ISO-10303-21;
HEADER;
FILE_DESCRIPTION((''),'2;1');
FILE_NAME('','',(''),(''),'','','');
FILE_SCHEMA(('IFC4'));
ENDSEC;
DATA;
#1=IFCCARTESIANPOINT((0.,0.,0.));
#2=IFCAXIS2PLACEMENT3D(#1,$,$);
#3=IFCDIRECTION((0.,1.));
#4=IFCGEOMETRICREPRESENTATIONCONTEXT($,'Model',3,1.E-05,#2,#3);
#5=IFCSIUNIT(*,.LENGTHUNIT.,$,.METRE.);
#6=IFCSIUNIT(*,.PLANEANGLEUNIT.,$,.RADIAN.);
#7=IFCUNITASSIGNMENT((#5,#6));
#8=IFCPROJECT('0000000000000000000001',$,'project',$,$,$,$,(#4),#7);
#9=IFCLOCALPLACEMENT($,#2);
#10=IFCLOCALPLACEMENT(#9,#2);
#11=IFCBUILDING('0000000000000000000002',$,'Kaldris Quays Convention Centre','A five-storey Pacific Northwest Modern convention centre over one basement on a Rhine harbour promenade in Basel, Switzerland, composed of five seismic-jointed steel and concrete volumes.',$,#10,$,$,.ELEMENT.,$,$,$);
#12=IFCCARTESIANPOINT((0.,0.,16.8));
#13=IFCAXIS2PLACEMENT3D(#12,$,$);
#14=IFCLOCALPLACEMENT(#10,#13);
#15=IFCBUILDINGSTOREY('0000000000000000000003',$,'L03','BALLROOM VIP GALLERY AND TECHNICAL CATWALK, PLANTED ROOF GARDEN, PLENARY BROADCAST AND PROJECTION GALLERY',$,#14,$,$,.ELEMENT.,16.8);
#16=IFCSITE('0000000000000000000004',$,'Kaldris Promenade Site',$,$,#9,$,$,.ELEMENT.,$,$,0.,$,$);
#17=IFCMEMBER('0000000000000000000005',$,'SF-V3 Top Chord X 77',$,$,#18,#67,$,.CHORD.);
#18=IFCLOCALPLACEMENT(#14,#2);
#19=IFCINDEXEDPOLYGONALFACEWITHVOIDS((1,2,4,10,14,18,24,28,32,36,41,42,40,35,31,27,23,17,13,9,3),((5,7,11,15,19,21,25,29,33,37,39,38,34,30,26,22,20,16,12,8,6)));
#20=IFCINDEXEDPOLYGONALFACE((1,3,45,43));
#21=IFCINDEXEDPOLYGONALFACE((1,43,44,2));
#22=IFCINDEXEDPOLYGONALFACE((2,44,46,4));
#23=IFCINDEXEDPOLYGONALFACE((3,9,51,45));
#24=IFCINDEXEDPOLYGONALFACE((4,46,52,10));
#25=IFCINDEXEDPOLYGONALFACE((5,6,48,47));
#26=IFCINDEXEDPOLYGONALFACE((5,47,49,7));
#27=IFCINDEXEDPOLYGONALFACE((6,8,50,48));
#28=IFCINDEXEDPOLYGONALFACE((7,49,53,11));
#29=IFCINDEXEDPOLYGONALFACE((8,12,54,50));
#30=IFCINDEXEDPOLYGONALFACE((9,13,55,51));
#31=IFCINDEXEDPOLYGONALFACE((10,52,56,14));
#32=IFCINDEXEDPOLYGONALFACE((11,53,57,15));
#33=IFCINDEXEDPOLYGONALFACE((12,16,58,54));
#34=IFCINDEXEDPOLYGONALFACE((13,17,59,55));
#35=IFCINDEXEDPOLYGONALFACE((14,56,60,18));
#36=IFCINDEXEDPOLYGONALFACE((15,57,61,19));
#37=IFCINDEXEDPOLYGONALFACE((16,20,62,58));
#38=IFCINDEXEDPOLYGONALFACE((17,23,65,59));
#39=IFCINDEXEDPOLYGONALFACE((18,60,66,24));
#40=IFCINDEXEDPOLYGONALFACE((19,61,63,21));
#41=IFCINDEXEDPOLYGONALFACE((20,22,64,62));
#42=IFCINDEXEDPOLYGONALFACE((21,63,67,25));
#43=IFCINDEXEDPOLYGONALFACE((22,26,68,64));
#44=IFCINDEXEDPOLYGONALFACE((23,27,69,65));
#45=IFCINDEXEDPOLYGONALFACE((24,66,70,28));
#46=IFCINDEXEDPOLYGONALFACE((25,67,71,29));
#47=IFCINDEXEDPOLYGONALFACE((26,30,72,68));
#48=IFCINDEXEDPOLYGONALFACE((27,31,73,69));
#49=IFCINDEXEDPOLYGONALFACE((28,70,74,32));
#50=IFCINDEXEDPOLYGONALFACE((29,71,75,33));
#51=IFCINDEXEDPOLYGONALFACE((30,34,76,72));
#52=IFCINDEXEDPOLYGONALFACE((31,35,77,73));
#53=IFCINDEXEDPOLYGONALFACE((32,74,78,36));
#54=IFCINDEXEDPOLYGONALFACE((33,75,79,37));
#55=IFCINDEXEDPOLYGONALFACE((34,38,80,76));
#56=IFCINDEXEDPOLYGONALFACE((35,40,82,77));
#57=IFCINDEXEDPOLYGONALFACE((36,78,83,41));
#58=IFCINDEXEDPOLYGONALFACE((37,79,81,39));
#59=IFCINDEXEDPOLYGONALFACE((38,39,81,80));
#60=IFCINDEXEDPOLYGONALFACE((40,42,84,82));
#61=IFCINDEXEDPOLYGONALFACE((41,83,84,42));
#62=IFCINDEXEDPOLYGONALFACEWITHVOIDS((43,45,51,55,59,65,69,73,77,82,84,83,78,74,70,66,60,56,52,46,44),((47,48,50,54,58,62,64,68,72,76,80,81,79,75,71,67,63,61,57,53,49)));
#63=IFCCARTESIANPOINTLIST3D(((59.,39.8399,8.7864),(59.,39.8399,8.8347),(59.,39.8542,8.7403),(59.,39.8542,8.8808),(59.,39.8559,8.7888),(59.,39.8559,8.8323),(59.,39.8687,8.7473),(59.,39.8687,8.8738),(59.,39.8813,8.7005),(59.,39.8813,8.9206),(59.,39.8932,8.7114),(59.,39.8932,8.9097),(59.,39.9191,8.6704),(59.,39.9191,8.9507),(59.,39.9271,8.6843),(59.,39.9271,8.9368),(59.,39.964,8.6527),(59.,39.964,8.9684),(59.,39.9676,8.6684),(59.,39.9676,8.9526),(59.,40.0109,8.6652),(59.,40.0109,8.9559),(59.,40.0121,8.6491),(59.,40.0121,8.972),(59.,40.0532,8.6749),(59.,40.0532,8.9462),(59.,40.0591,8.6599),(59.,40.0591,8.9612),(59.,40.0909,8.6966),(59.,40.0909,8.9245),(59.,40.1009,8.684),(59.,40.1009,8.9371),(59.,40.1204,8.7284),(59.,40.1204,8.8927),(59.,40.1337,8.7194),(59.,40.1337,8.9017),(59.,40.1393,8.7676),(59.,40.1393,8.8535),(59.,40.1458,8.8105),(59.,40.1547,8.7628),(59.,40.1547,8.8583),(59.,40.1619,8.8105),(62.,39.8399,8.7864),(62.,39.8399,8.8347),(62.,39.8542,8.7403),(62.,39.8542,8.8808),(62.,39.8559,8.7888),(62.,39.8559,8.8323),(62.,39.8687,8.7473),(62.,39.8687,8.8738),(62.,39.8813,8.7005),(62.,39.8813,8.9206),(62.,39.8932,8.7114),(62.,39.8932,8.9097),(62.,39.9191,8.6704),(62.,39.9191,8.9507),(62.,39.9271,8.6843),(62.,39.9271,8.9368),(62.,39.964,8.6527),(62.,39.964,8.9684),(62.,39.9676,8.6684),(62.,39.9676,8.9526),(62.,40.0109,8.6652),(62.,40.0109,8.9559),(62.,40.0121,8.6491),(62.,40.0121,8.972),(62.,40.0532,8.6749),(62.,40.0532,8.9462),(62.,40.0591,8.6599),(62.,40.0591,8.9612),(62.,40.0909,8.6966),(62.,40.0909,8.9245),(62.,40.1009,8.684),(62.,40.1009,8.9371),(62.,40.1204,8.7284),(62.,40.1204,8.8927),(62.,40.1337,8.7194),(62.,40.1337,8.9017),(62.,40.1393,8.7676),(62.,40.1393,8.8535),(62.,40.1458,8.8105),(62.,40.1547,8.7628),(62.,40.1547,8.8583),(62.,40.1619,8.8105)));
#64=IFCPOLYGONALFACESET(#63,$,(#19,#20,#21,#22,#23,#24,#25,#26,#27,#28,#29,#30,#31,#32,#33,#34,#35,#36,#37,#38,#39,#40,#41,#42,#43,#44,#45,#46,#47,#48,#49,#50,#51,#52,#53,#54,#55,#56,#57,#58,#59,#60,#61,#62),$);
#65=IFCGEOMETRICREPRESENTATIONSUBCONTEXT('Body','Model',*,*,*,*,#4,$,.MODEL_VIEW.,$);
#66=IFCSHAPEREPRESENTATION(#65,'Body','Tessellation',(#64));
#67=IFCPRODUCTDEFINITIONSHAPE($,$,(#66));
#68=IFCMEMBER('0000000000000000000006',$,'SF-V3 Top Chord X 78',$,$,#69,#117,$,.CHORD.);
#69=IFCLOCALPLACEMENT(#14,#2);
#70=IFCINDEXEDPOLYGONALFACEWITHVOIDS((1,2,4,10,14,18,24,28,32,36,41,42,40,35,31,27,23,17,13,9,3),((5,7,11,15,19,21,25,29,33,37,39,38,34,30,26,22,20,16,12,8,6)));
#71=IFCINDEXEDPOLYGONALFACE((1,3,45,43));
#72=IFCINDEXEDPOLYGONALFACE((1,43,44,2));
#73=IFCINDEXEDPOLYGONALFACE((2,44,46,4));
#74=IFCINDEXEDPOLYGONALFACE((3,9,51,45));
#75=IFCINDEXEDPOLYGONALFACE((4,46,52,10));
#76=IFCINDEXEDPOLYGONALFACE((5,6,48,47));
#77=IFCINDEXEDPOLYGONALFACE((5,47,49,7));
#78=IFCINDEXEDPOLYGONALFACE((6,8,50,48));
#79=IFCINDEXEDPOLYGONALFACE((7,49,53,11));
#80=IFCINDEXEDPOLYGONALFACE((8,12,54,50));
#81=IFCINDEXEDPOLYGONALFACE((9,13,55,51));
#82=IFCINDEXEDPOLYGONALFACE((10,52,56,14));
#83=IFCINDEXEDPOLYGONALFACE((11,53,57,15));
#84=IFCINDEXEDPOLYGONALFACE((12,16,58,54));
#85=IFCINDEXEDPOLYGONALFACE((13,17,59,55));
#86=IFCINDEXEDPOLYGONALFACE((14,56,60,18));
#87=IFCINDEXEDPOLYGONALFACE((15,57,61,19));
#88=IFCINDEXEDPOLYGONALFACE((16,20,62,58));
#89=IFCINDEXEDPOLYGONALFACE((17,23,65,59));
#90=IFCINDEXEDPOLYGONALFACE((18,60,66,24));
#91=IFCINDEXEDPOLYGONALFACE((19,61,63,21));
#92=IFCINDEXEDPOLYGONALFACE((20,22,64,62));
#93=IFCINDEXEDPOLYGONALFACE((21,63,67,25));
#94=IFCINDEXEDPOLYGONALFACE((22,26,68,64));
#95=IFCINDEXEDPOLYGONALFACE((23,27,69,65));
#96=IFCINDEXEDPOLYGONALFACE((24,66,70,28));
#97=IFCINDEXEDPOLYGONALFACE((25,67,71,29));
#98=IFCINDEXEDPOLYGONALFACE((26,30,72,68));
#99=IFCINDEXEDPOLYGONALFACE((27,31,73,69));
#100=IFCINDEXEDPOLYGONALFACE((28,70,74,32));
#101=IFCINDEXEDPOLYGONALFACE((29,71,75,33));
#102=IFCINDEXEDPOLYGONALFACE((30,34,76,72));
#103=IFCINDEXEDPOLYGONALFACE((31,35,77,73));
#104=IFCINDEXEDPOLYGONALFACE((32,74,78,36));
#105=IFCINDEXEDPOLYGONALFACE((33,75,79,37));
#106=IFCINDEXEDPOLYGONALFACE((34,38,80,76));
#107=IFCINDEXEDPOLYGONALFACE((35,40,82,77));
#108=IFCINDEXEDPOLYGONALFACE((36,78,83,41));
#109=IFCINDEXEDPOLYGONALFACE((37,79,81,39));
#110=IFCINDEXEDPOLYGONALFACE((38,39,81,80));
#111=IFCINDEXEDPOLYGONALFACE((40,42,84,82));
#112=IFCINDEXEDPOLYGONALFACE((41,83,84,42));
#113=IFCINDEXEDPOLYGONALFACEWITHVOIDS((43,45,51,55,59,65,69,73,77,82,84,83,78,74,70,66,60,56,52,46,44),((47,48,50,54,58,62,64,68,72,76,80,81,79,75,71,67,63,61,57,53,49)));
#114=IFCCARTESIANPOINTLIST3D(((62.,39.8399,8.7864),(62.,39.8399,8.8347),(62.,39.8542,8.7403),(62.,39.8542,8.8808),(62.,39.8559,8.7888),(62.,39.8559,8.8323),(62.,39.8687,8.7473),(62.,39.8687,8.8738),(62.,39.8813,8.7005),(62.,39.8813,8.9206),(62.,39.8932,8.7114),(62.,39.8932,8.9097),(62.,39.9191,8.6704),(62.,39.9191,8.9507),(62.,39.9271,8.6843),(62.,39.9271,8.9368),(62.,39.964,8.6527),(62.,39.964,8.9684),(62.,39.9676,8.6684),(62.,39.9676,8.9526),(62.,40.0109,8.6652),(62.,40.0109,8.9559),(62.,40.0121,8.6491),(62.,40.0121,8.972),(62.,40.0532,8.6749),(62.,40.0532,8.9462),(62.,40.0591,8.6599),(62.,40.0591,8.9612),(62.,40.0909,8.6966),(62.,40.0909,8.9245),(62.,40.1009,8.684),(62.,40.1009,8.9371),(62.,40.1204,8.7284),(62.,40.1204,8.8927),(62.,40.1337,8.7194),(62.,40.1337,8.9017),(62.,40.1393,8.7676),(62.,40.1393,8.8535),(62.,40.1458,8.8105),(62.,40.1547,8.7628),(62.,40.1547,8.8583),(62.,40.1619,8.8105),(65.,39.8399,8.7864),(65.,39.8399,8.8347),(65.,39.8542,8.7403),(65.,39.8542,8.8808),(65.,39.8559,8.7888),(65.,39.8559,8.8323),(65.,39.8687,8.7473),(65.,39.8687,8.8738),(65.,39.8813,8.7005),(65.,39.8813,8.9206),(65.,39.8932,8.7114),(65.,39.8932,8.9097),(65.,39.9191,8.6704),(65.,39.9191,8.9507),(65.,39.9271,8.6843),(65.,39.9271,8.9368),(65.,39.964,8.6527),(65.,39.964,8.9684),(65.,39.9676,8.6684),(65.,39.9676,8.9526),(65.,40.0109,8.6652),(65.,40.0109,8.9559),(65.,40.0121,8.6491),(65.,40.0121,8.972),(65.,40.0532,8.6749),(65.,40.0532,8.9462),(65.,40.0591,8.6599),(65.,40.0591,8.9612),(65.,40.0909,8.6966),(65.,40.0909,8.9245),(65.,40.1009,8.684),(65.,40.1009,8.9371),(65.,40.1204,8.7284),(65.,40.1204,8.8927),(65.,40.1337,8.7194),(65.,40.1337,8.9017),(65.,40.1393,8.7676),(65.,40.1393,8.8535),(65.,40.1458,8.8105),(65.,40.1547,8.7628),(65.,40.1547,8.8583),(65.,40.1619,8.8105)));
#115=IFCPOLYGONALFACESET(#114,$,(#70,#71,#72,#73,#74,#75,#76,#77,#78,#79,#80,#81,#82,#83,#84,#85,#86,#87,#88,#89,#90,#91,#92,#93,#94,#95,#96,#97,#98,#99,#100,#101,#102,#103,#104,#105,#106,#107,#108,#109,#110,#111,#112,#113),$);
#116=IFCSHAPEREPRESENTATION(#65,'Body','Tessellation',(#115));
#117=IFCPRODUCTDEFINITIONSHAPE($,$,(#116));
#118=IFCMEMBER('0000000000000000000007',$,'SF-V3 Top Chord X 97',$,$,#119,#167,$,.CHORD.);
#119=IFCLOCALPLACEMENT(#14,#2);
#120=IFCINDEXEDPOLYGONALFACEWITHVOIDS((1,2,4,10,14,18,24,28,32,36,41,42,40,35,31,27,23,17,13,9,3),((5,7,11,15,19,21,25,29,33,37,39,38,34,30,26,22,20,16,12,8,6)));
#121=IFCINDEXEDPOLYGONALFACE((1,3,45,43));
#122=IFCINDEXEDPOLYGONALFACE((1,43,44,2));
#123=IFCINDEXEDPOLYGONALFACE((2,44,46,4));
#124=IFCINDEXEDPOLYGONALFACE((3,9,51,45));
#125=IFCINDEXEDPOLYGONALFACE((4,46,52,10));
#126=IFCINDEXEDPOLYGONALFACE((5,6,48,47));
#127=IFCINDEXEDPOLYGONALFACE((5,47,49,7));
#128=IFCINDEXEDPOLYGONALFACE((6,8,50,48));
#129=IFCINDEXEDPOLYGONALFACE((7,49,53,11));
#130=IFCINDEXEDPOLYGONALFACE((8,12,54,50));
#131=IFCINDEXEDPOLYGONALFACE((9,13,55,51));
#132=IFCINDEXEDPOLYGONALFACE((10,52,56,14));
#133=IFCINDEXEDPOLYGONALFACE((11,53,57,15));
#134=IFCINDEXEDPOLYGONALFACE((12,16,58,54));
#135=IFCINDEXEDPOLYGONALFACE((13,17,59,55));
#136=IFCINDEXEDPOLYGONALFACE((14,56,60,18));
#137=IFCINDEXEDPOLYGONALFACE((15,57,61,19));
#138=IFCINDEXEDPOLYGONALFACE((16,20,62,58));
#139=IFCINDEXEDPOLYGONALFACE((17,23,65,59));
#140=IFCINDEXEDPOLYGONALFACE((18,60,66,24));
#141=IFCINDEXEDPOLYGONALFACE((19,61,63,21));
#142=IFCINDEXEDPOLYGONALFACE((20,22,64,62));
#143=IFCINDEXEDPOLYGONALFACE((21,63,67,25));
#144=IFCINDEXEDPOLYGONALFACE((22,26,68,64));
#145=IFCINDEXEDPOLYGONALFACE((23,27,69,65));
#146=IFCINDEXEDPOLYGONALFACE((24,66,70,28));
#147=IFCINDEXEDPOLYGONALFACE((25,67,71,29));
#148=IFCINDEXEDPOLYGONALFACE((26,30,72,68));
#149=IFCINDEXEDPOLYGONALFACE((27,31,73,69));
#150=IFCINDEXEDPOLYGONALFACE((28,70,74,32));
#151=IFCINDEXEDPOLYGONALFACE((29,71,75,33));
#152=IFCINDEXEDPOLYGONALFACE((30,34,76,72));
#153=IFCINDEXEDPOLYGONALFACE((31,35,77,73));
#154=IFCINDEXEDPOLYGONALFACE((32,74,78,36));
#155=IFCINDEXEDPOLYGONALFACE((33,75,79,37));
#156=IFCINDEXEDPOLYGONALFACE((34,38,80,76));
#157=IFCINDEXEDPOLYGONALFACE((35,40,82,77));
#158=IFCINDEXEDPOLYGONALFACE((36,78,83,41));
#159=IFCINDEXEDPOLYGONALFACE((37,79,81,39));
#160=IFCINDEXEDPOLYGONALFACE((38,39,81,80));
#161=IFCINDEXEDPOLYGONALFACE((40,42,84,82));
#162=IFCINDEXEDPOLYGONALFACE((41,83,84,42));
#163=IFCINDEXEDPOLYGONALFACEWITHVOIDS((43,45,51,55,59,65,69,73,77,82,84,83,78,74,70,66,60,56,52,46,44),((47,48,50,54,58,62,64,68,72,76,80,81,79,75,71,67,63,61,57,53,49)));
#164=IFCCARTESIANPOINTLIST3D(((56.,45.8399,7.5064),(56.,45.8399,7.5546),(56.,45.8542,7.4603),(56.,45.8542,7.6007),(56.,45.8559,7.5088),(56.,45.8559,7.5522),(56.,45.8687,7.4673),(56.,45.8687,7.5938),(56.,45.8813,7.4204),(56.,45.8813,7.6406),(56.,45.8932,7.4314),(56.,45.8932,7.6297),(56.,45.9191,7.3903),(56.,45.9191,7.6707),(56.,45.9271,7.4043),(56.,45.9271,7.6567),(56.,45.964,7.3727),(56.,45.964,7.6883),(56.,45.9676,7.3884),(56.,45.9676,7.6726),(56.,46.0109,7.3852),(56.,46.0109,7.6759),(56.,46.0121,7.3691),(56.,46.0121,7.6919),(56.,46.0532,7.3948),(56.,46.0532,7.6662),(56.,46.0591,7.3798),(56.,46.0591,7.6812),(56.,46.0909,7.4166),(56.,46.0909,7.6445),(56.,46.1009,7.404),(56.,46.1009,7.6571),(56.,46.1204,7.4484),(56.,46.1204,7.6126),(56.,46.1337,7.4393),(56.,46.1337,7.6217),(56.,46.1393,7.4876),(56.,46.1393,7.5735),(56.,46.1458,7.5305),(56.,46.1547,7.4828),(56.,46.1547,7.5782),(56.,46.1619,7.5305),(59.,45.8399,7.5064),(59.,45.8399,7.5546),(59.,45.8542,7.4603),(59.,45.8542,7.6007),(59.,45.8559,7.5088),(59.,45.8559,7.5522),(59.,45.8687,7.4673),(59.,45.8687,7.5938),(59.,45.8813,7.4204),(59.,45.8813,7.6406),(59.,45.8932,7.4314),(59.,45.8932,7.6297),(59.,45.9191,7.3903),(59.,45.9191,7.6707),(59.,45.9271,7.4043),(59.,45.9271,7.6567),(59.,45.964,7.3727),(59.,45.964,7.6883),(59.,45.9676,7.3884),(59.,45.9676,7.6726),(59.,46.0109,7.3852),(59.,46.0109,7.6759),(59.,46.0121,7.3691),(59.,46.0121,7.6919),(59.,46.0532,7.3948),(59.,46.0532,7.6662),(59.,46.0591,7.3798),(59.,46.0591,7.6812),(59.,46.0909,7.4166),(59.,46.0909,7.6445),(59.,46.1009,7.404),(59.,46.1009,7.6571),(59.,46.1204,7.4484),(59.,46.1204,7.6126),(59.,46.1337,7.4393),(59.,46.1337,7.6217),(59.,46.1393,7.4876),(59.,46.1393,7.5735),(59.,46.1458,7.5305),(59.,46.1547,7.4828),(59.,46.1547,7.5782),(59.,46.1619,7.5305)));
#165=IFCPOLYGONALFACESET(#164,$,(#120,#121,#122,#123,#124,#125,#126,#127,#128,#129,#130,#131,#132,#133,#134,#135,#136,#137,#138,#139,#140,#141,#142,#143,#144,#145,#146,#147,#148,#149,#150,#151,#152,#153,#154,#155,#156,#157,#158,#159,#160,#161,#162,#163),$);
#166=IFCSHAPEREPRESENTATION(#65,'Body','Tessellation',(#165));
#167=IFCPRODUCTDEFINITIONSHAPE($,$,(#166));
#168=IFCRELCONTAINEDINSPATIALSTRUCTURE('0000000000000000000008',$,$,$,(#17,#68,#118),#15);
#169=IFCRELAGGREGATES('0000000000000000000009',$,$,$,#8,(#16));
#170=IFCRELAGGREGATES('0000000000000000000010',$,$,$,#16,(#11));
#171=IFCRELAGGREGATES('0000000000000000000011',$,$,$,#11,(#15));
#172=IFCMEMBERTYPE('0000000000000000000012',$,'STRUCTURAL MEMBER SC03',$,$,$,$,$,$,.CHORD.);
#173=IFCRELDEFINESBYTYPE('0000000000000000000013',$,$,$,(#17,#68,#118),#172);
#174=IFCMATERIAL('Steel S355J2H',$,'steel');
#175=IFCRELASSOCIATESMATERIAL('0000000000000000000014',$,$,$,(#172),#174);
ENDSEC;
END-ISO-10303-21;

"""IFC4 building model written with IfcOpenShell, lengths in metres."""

from ifc_helpers import new_model, si_unit, direction, frame, origin, origin_2d, place, context, subcontext, project, spatial, hollow_circle, extrude, material, material_profile, profile_set, type_object, element, save


model = new_model("IFC4")

# Units and contexts
model_context = context("Model", 3, precision=1e-05, world=origin(), true_north=direction((0.0, 1.0)))
body_context = subcontext(model_context, "Body", "Model", "MODEL_VIEW")
ifc_project = project(units=[si_unit("LENGTHUNIT", "METRE"), si_unit("PLANEANGLEUNIT", "RADIAN")], contexts=[model_context])

# Site, building, storey
site_placement = place(None, origin())
site = spatial("IfcSite", under=ifc_project, at=site_placement, Name="Kaldris Promenade Site", CompositionType="ELEMENT", RefElevation=0.0)
building_placement = place(site_placement, origin())
building = spatial("IfcBuilding", under=site, at=building_placement, Name="Kaldris Quays Convention Centre", Description="A five-storey Pacific Northwest Modern convention centre over one basement on a Rhine harbour promenade in Basel, Switzerland, composed of five seismic-jointed steel and concrete volumes.", CompositionType="ELEMENT")
storey_placement = place(building_placement, frame((0.0, 0.0, 16.8)))
storey = spatial("IfcBuildingStorey", under=building, at=storey_placement, Name="L03", Description="BALLROOM VIP GALLERY AND TECHNICAL CATWALK, PLANTED ROOF GARDEN, PLENARY BROADCAST AND PROJECTION GALLERY", CompositionType="ELEMENT", Elevation=16.8)

# Members
ifc_material_1 = material(Name="Steel S355J2H", Category="steel")
ifc_material_profile_1 = material_profile(ifc_material_1, hollow_circle(Radius=0.1619, WallThickness=0.0161, at=origin_2d()), Name="CHS 323.9x16")
ifc_profile_set_1 = profile_set([ifc_material_profile_1], Name="Steel S355J2H")
member_type_1 = type_object("IfcMemberType", Name="STRUCTURAL MEMBER SC03", PredefinedType="CHORD", material=ifc_profile_set_1)
for number, where, z_axis, x_axis, name in (
    (1, (59.0, 40.0, 8.8105), (1.0, 0.0, 0.0), (0.0, 1.0, 0.0), "SF-V3 Top Chord X 77"),
    (2, (62.0, 40.0, 8.8105), (1.0, 0.0, 0.0), (0.0, 1.0, 0.0), "SF-V3 Top Chord X 78"),
    (3, (56.0, 46.0, 7.5305), (1.0, 0.0, 0.0), (0.0, 1.0, 0.0), "SF-V3 Top Chord X 97"),
):
    element("IfcMember", number, at=place(storey_placement, frame(where, z_axis=z_axis, x_axis=x_axis)), inside=storey, type_object=member_type_1, Name=name, PredefinedType="CHORD", context=body_context, shape_type="SweptSolid", body=[
        extrude(hollow_circle(Radius=0.1619, WallThickness=0.0161, at=origin_2d()), origin(), (0.0, 0.0, 1.0), 3.0),
    ])

save(model, "model.ifc")
